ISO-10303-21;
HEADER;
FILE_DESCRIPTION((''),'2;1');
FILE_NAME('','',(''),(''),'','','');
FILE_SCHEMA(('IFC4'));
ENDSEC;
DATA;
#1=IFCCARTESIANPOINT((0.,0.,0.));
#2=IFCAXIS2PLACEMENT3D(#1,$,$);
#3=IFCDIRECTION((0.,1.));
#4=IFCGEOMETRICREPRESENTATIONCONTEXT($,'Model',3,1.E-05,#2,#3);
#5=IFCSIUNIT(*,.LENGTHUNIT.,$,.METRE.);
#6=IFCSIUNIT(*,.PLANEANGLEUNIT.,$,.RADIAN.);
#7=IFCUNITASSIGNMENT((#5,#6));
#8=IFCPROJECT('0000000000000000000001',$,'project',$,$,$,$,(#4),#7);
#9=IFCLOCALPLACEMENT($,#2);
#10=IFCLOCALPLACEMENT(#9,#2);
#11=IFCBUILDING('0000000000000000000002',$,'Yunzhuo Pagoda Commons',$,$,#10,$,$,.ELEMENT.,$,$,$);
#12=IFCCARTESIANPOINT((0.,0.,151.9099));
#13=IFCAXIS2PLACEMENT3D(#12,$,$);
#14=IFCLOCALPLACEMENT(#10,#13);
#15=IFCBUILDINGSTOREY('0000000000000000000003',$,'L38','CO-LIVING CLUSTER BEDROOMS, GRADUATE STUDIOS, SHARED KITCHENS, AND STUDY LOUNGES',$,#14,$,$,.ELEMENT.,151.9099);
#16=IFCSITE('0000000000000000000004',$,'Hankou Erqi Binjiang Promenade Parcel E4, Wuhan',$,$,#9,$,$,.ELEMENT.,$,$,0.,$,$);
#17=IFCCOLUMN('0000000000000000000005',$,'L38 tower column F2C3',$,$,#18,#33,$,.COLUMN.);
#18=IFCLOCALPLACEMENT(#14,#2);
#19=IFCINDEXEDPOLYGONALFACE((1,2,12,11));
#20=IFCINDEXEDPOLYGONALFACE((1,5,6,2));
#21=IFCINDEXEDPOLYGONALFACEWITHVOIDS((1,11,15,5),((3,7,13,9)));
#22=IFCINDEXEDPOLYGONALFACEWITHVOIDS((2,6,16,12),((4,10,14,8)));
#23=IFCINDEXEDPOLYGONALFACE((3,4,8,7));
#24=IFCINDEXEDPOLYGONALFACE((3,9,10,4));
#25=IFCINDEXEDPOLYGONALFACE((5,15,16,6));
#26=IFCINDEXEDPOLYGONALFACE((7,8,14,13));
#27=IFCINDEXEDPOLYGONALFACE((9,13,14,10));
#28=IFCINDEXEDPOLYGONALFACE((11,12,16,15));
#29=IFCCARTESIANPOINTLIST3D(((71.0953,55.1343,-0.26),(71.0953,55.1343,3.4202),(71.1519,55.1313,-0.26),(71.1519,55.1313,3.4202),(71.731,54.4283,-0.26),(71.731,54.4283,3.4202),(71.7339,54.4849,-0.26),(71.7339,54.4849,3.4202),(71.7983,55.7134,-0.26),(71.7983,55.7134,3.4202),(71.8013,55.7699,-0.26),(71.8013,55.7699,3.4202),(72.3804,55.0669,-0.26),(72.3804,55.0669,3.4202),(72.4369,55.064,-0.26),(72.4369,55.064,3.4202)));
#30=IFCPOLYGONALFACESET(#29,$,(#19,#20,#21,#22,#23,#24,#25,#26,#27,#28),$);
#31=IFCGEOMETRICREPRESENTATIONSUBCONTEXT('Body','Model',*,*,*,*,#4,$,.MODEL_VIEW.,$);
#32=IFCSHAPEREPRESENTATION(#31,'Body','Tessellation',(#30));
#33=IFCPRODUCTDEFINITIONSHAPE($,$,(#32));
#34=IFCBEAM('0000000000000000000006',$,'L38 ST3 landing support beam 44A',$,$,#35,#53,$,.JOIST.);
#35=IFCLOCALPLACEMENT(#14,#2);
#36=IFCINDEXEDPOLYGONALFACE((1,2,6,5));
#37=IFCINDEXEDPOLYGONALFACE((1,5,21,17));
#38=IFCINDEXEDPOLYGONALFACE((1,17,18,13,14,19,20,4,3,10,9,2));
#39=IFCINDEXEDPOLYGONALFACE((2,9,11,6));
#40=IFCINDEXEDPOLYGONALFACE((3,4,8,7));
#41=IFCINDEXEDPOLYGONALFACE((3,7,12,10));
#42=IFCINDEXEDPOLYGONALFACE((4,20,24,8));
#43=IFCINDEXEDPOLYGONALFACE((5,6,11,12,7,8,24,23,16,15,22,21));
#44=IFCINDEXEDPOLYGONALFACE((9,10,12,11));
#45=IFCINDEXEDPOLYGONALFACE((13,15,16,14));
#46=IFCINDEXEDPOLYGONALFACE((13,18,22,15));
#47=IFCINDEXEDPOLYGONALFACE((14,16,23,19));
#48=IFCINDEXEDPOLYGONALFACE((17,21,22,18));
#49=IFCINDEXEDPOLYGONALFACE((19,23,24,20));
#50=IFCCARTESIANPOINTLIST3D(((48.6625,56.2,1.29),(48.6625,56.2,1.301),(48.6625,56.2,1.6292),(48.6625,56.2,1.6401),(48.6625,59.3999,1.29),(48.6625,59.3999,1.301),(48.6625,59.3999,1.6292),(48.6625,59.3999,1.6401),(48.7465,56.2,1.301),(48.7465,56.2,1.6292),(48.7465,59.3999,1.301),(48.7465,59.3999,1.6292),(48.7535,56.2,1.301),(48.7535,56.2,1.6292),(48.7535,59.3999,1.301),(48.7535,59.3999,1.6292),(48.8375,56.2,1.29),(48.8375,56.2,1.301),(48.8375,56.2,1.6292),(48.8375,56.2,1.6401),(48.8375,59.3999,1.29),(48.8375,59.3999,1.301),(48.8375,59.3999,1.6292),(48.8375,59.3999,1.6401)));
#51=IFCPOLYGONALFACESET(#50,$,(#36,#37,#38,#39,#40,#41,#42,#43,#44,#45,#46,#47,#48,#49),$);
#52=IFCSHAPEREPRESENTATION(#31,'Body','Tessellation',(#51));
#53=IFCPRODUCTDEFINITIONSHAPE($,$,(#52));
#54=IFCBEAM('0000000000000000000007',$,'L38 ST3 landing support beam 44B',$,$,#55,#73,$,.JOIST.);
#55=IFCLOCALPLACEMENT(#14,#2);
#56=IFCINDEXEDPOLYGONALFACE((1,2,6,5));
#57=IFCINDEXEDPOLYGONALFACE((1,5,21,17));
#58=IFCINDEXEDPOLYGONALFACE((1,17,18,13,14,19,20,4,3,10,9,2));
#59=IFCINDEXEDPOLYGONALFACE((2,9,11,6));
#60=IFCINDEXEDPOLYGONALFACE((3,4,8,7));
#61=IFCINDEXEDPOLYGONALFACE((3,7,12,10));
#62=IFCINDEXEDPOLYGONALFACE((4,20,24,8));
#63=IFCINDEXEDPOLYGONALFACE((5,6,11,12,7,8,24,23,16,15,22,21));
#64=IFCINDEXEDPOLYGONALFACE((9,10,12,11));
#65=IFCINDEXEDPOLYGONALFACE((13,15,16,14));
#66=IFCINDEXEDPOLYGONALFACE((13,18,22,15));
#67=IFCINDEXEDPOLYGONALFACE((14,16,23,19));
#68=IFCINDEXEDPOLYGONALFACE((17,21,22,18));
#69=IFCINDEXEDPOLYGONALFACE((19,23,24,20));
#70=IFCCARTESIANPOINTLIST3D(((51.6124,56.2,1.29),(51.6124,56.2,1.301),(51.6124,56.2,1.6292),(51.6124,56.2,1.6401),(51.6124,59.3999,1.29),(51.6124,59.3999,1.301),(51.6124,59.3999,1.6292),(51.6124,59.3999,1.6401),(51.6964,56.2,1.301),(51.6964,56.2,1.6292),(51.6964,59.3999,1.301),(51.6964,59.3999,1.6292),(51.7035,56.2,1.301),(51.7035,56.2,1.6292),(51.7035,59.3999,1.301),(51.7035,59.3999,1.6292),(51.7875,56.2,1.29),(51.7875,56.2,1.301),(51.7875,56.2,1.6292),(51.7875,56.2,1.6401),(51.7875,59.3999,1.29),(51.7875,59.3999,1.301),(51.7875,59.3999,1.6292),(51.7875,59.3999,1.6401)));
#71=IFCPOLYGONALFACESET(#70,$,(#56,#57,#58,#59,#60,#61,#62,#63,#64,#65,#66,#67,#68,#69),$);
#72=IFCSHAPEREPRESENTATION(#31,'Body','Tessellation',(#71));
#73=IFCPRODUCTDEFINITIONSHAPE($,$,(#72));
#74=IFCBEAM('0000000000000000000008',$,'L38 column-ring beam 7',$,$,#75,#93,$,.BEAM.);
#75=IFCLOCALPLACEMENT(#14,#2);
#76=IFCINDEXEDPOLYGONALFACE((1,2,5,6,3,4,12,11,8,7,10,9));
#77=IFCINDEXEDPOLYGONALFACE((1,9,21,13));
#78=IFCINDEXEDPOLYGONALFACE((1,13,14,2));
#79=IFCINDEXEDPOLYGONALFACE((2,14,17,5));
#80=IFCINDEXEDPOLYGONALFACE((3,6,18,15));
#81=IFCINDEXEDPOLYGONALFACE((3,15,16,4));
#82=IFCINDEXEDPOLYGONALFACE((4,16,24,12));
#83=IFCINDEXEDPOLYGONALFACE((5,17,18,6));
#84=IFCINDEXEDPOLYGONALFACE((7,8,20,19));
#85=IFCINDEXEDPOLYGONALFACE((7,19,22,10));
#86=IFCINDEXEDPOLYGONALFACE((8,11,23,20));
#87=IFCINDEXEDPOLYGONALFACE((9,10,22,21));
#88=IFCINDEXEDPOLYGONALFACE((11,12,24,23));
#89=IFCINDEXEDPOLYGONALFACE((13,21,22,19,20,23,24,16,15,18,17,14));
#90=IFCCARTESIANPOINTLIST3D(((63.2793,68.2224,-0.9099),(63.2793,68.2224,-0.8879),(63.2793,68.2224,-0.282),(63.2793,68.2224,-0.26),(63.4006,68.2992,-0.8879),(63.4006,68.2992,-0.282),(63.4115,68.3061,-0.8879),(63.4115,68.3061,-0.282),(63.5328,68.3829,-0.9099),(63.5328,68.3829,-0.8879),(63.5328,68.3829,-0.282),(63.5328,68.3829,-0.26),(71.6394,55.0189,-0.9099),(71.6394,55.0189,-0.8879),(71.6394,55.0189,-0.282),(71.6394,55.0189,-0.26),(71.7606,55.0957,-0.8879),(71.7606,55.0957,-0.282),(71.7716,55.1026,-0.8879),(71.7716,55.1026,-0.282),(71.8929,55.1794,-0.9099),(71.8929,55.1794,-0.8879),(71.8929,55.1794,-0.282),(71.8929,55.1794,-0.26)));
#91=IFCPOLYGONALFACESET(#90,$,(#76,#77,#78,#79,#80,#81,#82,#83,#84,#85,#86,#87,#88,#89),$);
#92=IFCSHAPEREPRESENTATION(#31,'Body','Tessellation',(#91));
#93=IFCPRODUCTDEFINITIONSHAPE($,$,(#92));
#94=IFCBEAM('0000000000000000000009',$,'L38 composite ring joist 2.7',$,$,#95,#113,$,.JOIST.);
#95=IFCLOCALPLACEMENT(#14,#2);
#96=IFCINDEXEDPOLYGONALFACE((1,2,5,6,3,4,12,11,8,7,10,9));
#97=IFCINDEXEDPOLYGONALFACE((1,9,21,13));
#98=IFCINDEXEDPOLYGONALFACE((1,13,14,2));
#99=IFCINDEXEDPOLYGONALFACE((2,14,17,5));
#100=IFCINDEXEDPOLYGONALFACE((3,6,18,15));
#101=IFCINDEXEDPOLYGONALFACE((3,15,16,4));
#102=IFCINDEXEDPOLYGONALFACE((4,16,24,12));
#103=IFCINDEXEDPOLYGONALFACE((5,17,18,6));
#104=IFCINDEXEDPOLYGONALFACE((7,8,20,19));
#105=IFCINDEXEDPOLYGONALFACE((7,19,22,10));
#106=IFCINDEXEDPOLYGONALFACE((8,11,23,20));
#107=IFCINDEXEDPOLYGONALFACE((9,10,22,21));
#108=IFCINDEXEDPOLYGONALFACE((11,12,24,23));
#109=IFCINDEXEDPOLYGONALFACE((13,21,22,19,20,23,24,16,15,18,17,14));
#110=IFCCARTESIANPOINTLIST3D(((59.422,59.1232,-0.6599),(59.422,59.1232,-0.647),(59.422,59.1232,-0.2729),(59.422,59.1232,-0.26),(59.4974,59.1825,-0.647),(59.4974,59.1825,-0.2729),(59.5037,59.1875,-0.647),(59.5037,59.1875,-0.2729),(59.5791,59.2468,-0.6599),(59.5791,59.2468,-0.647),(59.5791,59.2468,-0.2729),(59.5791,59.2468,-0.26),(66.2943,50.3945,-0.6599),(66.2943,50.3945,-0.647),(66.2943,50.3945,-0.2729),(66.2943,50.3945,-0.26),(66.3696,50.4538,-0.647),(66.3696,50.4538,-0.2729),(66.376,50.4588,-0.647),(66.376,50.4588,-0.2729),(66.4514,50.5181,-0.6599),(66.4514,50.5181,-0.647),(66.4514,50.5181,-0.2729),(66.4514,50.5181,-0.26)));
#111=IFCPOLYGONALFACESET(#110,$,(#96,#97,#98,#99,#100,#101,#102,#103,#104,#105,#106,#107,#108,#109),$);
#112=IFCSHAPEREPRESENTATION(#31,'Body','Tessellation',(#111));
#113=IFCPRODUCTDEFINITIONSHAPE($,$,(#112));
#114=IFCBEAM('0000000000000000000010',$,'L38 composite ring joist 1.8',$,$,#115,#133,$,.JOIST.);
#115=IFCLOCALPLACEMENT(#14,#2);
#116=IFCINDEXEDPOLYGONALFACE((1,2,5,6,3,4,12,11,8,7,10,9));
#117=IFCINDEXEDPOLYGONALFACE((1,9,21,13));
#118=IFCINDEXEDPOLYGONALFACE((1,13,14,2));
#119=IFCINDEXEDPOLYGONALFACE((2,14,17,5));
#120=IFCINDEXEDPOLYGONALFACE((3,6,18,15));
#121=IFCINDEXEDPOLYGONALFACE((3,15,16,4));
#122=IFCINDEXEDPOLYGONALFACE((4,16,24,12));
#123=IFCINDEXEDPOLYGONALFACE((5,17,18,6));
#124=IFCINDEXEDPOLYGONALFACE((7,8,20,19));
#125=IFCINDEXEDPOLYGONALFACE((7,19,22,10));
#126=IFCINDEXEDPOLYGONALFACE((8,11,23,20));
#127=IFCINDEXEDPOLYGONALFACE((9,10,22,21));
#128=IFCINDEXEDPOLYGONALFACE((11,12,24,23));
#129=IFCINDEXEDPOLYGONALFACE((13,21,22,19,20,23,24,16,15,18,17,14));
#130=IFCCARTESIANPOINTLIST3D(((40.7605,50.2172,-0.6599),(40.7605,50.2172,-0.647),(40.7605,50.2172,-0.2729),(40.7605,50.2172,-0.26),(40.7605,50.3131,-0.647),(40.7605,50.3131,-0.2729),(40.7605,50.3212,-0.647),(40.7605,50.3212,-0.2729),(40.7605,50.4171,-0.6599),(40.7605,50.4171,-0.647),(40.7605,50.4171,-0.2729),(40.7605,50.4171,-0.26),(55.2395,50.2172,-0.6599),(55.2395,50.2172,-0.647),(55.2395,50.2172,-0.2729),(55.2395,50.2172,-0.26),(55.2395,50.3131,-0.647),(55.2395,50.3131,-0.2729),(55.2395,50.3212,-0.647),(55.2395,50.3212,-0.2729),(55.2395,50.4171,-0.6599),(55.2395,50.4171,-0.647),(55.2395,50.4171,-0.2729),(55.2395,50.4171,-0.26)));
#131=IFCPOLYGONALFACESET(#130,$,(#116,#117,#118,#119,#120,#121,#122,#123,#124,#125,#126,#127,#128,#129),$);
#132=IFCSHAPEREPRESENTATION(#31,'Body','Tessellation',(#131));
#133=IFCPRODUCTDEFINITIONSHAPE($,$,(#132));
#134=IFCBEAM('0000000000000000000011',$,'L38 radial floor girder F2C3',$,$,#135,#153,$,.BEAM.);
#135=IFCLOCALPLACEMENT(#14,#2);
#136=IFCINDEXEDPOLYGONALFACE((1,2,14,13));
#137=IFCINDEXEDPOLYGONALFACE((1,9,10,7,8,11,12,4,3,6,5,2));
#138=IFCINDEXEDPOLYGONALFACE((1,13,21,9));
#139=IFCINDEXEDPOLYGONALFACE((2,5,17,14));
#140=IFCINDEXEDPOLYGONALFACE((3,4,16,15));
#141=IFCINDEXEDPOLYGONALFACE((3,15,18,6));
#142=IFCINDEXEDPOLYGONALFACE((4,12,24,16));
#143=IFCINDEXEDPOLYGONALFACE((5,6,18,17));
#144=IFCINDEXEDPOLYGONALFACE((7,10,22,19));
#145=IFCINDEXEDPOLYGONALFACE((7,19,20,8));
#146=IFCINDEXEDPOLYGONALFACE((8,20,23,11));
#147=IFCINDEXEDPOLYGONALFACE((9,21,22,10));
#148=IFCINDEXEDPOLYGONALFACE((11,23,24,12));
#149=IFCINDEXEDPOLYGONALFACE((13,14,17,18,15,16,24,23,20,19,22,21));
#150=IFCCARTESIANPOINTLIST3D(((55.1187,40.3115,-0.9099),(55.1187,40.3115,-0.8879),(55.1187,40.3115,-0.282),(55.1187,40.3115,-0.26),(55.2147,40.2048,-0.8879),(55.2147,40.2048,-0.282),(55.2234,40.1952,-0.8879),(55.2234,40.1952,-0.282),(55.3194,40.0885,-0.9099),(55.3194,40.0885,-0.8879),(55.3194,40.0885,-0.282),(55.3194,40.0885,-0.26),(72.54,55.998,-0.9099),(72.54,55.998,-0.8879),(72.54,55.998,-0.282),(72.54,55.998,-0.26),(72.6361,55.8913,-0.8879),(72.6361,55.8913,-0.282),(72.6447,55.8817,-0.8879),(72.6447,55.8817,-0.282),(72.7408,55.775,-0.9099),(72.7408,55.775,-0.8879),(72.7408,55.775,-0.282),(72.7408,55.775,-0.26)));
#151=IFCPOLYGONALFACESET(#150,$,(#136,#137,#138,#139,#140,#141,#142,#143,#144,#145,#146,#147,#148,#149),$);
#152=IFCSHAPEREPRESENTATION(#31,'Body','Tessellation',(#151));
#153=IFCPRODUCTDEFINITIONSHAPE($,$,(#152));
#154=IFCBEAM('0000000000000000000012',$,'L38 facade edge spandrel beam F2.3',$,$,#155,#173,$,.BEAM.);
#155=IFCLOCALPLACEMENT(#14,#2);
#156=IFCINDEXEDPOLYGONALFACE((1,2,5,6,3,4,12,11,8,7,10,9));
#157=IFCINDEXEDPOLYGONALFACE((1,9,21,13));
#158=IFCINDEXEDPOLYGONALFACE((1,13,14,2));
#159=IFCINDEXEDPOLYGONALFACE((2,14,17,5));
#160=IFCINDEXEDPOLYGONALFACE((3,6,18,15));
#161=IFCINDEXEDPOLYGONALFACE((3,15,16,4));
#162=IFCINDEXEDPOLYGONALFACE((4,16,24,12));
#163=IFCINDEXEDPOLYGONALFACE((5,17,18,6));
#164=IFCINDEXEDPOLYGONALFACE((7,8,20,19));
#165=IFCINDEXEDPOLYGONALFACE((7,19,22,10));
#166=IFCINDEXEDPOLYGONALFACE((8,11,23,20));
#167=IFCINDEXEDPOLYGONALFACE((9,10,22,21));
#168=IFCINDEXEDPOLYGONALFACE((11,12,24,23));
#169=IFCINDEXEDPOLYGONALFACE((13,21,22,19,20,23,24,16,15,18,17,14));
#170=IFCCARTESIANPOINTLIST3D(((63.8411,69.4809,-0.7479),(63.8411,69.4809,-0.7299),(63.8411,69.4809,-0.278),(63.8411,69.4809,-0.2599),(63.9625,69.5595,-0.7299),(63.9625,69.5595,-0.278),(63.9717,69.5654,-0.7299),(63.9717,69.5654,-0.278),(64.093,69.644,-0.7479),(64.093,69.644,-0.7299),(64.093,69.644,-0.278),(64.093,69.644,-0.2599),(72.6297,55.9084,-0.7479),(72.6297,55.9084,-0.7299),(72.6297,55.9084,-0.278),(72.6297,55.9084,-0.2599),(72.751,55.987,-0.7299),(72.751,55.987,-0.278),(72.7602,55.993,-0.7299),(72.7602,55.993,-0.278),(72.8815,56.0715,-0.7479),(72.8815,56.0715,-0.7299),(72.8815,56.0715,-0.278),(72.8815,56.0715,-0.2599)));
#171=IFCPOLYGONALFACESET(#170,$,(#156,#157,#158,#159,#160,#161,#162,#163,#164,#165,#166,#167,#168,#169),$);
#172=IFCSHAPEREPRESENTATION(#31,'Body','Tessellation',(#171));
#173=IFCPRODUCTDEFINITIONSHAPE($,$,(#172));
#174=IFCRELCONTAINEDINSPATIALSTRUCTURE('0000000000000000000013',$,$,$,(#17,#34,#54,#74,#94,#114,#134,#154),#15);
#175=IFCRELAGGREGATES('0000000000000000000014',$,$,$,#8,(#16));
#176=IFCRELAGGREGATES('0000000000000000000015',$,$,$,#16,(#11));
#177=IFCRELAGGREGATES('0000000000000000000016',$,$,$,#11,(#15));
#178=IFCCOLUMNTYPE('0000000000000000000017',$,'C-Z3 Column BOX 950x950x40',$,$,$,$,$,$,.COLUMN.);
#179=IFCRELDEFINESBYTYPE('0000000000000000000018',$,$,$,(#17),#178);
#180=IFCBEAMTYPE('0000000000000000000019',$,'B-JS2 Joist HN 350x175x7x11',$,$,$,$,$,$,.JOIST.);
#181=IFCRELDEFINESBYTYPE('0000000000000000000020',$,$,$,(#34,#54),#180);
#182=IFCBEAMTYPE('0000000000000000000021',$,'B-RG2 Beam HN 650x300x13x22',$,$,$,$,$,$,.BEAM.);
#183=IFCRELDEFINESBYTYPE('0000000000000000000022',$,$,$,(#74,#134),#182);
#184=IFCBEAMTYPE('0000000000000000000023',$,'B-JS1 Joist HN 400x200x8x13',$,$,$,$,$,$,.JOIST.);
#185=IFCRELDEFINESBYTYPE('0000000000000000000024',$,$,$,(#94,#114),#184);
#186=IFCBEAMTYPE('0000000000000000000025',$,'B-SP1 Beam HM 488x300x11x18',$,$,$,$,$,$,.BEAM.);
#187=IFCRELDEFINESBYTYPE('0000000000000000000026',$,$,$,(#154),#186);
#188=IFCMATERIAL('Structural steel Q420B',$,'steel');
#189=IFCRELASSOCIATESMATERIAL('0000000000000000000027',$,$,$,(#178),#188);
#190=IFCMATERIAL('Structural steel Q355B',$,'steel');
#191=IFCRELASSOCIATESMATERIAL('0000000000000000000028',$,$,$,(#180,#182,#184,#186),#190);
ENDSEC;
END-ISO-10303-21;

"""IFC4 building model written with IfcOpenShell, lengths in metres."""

from ifc_helpers import new_model, si_unit, direction, frame, origin, origin_2d, place, context, subcontext, project, spatial, hollow_rectangle, i_section, extrude, source, transform, mapped, material, material_profile, profile_set, type_object, element, save


model = new_model("IFC4")

# Units and contexts
model_context = context("Model", 3, precision=1e-05, world=origin(), true_north=direction((0.0, 1.0)))
body_context = subcontext(model_context, "Body", "Model", "MODEL_VIEW")
ifc_project = project(units=[si_unit("LENGTHUNIT", "METRE"), si_unit("PLANEANGLEUNIT", "RADIAN")], contexts=[model_context])

# Site, building, storey
site_placement = place(None, origin())
site = spatial("IfcSite", under=ifc_project, at=site_placement, Name="Hankou Erqi Binjiang Promenade Parcel E4, Wuhan", CompositionType="ELEMENT", RefElevation=0.0)
building_placement = place(site_placement, origin())
building = spatial("IfcBuilding", under=site, at=building_placement, Name="Yunzhuo Pagoda Commons", CompositionType="ELEMENT")
storey_placement = place(building_placement, frame((0.0, 0.0, 151.9099)))
storey = spatial("IfcBuildingStorey", under=building, at=storey_placement, Name="L38", Description="CO-LIVING CLUSTER BEDROOMS, GRADUATE STUDIOS, SHARED KITCHENS, AND STUDY LOUNGES", CompositionType="ELEMENT", Elevation=151.9099)

# Column
ifc_material_1 = material(Name="Structural steel Q420B", Category="steel")
ifc_material_profile_1 = material_profile(ifc_material_1, hollow_rectangle(XDim=0.95, YDim=0.95, WallThickness=0.04, at=origin_2d()), Name="Structural steel Q420B")
ifc_profile_set_1 = profile_set([ifc_material_profile_1], Name="Structural steel Q420B")
column_type = type_object("IfcColumnType", Name="C-Z3 Column BOX 950x950x40", PredefinedType="COLUMN", material=ifc_profile_set_1)
shared_shape_1 = source(origin(), body_context, "Body", "SweptSolid", [
    extrude(hollow_rectangle(XDim=0.95, YDim=0.95, WallThickness=0.04, at=origin_2d()), origin(), (0.0, 0.0, 1.0), 3.6802),
])
column_placement = place(storey_placement, frame((71.7661, 55.0991, -0.26), z_axis=(0.0, 0.0, 1.0), x_axis=(-0.669131, 0.743145, 0.0)))
element("IfcColumn", 1, at=column_placement, inside=storey, type_object=column_type, Name="L38 tower column F2C3", PredefinedType="COLUMN", context=body_context, shape_type="MappedRepresentation", body=[
    mapped(shared_shape_1, transform((0.0, 0.0, 0.0), scale=1.0)),
])

# Beams
ifc_material_2 = material(Name="Structural steel Q355B", Category="steel")
ifc_material_profile_2 = material_profile(ifc_material_2, i_section(OverallWidth=0.175, OverallDepth=0.3501, WebThickness=0.0071, FlangeThickness=0.011, at=origin_2d()), Name="Structural steel Q355B")
ifc_profile_set_2 = profile_set([ifc_material_profile_2], Name="Structural steel Q355B")
beam_type_1 = type_object("IfcBeamType", Name="B-JS2 Joist HN 350x175x7x11", PredefinedType="JOIST", material=ifc_profile_set_2)
shared_shape_2 = source(origin(), body_context, "Body", "SweptSolid", [
    extrude(i_section(OverallWidth=0.175, OverallDepth=0.3501, WebThickness=0.0071, FlangeThickness=0.011, at=origin_2d()), origin(), (0.0, 0.0, 1.0), 3.2),
])
for number, where, z_axis, x_axis, name in (
    (2, (48.75, 56.2, 1.4651), (0.0, 1.0, 0.0), (-1.0, 0.0, 0.0), "L38 ST3 landing support beam 44A"),
    (3, (51.7, 56.2, 1.4651), (0.0, 1.0, 0.0), (-1.0, 0.0, 0.0), "L38 ST3 landing support beam 44B"),
):
    element("IfcBeam", number, at=place(storey_placement, frame(where, z_axis=z_axis, x_axis=x_axis)), inside=storey, type_object=beam_type_1, Name=name, PredefinedType="JOIST", context=body_context, shape_type="MappedRepresentation", body=[
        mapped(shared_shape_2, transform((0.0, 0.0, 0.0), scale=1.0)),
    ])
ifc_material_profile_3 = material_profile(ifc_material_2, i_section(OverallWidth=0.3, OverallDepth=0.6499, WebThickness=0.0129, FlangeThickness=0.022, at=origin_2d()), Name="Structural steel Q355B")
ifc_profile_set_3 = profile_set([ifc_material_profile_3], Name="Structural steel Q355B")
beam_type_2 = type_object("IfcBeamType", Name="B-RG2 Beam HN 650x300x13x22", PredefinedType="BEAM", material=ifc_profile_set_3)
shared_shape_3 = source(origin(), body_context, "Body", "SweptSolid", [
    extrude(i_section(OverallWidth=0.3, OverallDepth=0.6499, WebThickness=0.0129, FlangeThickness=0.022, at=origin_2d()), origin(), (0.0, 0.0, 1.0), 15.6277),
])
beam_1_placement = place(storey_placement, frame((71.7661, 55.0991, -0.585), z_axis=(-0.534952, 0.844882, 0.0), x_axis=(-0.844882, -0.534952, 0.0)))
element("IfcBeam", 4, at=beam_1_placement, inside=storey, type_object=beam_type_2, Name="L38 column-ring beam 7", PredefinedType="BEAM", context=body_context, shape_type="MappedRepresentation", body=[
    mapped(shared_shape_3, transform((0.0, 0.0, 0.0), scale=1.0)),
])
ifc_material_profile_4 = material_profile(ifc_material_2, i_section(OverallWidth=0.2, OverallDepth=0.3999, WebThickness=0.0081, FlangeThickness=0.0129, at=origin_2d()), Name="Structural steel Q355B")
ifc_profile_set_4 = profile_set([ifc_material_profile_4], Name="Structural steel Q355B")
beam_type_3 = type_object("IfcBeamType", Name="B-JS1 Joist HN 400x200x8x13", PredefinedType="JOIST", material=ifc_profile_set_4)
shared_shape_4 = source(origin(), body_context, "Body", "SweptSolid", [
    extrude(i_section(OverallWidth=0.2, OverallDepth=0.3999, WebThickness=0.0081, FlangeThickness=0.0129, at=origin_2d()), origin(), (0.0, 0.0, 1.0), 11.1094),
])
beam_2_placement = place(storey_placement, frame((66.3728, 50.4563, -0.46), z_axis=(-0.618601, 0.785706, 0.0), x_axis=(-0.785706, -0.618601, 0.0)))
element("IfcBeam", 5, at=beam_2_placement, inside=storey, type_object=beam_type_3, Name="L38 composite ring joist 2.7", PredefinedType="JOIST", context=body_context, shape_type="MappedRepresentation", body=[
    mapped(shared_shape_4, transform((0.0, 0.0, 0.0), scale=1.0)),
])
shared_shape_5 = source(origin(), body_context, "Body", "SweptSolid", [
    extrude(i_section(OverallWidth=0.2, OverallDepth=0.3999, WebThickness=0.0081, FlangeThickness=0.0129, at=origin_2d()), origin(), (0.0, 0.0, 1.0), 14.479),
])
beam_3_placement = place(storey_placement, frame((55.2395, 50.3171, -0.46), z_axis=(-1.0, 0.0, 0.0), x_axis=(0.0, -1.0, 0.0)))
element("IfcBeam", 6, at=beam_3_placement, inside=storey, type_object=beam_type_3, Name="L38 composite ring joist 1.8", PredefinedType="JOIST", context=body_context, shape_type="MappedRepresentation", body=[
    mapped(shared_shape_5, transform((0.0, 0.0, 0.0), scale=1.0)),
])
shared_shape_6 = source(origin(), body_context, "Body", "SweptSolid", [
    extrude(i_section(OverallWidth=0.3, OverallDepth=0.6499, WebThickness=0.0129, FlangeThickness=0.022, at=origin_2d()), origin(), (0.0, 0.0, 1.0), 23.4429),
])
beam_4_placement = place(storey_placement, frame((72.6404, 55.8865, -0.585), z_axis=(-0.74314, -0.669136, 0.0), x_axis=(0.669136, -0.74314, 0.0)))
element("IfcBeam", 7, at=beam_4_placement, inside=storey, type_object=beam_type_2, Name="L38 radial floor girder F2C3", PredefinedType="BEAM", context=body_context, shape_type="MappedRepresentation", body=[
    mapped(shared_shape_6, transform((0.0, 0.0, 0.0), scale=1.0)),
])
ifc_material_profile_5 = material_profile(ifc_material_2, i_section(OverallWidth=0.3, OverallDepth=0.488, WebThickness=0.011, FlangeThickness=0.0181, at=origin_2d()), Name="Structural steel Q355B")
ifc_profile_set_5 = profile_set([ifc_material_profile_5], Name="Structural steel Q355B")
beam_type_4 = type_object("IfcBeamType", Name="B-SP1 Beam HM 488x300x11x18", PredefinedType="BEAM", material=ifc_profile_set_5)
shared_shape_7 = source(origin(), body_context, "Body", "SweptSolid", [
    extrude(i_section(OverallWidth=0.3, OverallDepth=0.488, WebThickness=0.011, FlangeThickness=0.0181, at=origin_2d()), origin(), (0.0, 0.0, 1.0), 16.1694),
])
beam_5_placement = place(storey_placement, frame((72.7556, 55.99, -0.5039), z_axis=(-0.543529, 0.839391, 0.0), x_axis=(-0.839391, -0.543529, 0.0)))
element("IfcBeam", 8, at=beam_5_placement, inside=storey, type_object=beam_type_4, Name="L38 facade edge spandrel beam F2.3", PredefinedType="BEAM", context=body_context, shape_type="MappedRepresentation", body=[
    mapped(shared_shape_7, transform((0.0, 0.0, 0.0), scale=1.0)),
])

save(model, "model.ifc")
